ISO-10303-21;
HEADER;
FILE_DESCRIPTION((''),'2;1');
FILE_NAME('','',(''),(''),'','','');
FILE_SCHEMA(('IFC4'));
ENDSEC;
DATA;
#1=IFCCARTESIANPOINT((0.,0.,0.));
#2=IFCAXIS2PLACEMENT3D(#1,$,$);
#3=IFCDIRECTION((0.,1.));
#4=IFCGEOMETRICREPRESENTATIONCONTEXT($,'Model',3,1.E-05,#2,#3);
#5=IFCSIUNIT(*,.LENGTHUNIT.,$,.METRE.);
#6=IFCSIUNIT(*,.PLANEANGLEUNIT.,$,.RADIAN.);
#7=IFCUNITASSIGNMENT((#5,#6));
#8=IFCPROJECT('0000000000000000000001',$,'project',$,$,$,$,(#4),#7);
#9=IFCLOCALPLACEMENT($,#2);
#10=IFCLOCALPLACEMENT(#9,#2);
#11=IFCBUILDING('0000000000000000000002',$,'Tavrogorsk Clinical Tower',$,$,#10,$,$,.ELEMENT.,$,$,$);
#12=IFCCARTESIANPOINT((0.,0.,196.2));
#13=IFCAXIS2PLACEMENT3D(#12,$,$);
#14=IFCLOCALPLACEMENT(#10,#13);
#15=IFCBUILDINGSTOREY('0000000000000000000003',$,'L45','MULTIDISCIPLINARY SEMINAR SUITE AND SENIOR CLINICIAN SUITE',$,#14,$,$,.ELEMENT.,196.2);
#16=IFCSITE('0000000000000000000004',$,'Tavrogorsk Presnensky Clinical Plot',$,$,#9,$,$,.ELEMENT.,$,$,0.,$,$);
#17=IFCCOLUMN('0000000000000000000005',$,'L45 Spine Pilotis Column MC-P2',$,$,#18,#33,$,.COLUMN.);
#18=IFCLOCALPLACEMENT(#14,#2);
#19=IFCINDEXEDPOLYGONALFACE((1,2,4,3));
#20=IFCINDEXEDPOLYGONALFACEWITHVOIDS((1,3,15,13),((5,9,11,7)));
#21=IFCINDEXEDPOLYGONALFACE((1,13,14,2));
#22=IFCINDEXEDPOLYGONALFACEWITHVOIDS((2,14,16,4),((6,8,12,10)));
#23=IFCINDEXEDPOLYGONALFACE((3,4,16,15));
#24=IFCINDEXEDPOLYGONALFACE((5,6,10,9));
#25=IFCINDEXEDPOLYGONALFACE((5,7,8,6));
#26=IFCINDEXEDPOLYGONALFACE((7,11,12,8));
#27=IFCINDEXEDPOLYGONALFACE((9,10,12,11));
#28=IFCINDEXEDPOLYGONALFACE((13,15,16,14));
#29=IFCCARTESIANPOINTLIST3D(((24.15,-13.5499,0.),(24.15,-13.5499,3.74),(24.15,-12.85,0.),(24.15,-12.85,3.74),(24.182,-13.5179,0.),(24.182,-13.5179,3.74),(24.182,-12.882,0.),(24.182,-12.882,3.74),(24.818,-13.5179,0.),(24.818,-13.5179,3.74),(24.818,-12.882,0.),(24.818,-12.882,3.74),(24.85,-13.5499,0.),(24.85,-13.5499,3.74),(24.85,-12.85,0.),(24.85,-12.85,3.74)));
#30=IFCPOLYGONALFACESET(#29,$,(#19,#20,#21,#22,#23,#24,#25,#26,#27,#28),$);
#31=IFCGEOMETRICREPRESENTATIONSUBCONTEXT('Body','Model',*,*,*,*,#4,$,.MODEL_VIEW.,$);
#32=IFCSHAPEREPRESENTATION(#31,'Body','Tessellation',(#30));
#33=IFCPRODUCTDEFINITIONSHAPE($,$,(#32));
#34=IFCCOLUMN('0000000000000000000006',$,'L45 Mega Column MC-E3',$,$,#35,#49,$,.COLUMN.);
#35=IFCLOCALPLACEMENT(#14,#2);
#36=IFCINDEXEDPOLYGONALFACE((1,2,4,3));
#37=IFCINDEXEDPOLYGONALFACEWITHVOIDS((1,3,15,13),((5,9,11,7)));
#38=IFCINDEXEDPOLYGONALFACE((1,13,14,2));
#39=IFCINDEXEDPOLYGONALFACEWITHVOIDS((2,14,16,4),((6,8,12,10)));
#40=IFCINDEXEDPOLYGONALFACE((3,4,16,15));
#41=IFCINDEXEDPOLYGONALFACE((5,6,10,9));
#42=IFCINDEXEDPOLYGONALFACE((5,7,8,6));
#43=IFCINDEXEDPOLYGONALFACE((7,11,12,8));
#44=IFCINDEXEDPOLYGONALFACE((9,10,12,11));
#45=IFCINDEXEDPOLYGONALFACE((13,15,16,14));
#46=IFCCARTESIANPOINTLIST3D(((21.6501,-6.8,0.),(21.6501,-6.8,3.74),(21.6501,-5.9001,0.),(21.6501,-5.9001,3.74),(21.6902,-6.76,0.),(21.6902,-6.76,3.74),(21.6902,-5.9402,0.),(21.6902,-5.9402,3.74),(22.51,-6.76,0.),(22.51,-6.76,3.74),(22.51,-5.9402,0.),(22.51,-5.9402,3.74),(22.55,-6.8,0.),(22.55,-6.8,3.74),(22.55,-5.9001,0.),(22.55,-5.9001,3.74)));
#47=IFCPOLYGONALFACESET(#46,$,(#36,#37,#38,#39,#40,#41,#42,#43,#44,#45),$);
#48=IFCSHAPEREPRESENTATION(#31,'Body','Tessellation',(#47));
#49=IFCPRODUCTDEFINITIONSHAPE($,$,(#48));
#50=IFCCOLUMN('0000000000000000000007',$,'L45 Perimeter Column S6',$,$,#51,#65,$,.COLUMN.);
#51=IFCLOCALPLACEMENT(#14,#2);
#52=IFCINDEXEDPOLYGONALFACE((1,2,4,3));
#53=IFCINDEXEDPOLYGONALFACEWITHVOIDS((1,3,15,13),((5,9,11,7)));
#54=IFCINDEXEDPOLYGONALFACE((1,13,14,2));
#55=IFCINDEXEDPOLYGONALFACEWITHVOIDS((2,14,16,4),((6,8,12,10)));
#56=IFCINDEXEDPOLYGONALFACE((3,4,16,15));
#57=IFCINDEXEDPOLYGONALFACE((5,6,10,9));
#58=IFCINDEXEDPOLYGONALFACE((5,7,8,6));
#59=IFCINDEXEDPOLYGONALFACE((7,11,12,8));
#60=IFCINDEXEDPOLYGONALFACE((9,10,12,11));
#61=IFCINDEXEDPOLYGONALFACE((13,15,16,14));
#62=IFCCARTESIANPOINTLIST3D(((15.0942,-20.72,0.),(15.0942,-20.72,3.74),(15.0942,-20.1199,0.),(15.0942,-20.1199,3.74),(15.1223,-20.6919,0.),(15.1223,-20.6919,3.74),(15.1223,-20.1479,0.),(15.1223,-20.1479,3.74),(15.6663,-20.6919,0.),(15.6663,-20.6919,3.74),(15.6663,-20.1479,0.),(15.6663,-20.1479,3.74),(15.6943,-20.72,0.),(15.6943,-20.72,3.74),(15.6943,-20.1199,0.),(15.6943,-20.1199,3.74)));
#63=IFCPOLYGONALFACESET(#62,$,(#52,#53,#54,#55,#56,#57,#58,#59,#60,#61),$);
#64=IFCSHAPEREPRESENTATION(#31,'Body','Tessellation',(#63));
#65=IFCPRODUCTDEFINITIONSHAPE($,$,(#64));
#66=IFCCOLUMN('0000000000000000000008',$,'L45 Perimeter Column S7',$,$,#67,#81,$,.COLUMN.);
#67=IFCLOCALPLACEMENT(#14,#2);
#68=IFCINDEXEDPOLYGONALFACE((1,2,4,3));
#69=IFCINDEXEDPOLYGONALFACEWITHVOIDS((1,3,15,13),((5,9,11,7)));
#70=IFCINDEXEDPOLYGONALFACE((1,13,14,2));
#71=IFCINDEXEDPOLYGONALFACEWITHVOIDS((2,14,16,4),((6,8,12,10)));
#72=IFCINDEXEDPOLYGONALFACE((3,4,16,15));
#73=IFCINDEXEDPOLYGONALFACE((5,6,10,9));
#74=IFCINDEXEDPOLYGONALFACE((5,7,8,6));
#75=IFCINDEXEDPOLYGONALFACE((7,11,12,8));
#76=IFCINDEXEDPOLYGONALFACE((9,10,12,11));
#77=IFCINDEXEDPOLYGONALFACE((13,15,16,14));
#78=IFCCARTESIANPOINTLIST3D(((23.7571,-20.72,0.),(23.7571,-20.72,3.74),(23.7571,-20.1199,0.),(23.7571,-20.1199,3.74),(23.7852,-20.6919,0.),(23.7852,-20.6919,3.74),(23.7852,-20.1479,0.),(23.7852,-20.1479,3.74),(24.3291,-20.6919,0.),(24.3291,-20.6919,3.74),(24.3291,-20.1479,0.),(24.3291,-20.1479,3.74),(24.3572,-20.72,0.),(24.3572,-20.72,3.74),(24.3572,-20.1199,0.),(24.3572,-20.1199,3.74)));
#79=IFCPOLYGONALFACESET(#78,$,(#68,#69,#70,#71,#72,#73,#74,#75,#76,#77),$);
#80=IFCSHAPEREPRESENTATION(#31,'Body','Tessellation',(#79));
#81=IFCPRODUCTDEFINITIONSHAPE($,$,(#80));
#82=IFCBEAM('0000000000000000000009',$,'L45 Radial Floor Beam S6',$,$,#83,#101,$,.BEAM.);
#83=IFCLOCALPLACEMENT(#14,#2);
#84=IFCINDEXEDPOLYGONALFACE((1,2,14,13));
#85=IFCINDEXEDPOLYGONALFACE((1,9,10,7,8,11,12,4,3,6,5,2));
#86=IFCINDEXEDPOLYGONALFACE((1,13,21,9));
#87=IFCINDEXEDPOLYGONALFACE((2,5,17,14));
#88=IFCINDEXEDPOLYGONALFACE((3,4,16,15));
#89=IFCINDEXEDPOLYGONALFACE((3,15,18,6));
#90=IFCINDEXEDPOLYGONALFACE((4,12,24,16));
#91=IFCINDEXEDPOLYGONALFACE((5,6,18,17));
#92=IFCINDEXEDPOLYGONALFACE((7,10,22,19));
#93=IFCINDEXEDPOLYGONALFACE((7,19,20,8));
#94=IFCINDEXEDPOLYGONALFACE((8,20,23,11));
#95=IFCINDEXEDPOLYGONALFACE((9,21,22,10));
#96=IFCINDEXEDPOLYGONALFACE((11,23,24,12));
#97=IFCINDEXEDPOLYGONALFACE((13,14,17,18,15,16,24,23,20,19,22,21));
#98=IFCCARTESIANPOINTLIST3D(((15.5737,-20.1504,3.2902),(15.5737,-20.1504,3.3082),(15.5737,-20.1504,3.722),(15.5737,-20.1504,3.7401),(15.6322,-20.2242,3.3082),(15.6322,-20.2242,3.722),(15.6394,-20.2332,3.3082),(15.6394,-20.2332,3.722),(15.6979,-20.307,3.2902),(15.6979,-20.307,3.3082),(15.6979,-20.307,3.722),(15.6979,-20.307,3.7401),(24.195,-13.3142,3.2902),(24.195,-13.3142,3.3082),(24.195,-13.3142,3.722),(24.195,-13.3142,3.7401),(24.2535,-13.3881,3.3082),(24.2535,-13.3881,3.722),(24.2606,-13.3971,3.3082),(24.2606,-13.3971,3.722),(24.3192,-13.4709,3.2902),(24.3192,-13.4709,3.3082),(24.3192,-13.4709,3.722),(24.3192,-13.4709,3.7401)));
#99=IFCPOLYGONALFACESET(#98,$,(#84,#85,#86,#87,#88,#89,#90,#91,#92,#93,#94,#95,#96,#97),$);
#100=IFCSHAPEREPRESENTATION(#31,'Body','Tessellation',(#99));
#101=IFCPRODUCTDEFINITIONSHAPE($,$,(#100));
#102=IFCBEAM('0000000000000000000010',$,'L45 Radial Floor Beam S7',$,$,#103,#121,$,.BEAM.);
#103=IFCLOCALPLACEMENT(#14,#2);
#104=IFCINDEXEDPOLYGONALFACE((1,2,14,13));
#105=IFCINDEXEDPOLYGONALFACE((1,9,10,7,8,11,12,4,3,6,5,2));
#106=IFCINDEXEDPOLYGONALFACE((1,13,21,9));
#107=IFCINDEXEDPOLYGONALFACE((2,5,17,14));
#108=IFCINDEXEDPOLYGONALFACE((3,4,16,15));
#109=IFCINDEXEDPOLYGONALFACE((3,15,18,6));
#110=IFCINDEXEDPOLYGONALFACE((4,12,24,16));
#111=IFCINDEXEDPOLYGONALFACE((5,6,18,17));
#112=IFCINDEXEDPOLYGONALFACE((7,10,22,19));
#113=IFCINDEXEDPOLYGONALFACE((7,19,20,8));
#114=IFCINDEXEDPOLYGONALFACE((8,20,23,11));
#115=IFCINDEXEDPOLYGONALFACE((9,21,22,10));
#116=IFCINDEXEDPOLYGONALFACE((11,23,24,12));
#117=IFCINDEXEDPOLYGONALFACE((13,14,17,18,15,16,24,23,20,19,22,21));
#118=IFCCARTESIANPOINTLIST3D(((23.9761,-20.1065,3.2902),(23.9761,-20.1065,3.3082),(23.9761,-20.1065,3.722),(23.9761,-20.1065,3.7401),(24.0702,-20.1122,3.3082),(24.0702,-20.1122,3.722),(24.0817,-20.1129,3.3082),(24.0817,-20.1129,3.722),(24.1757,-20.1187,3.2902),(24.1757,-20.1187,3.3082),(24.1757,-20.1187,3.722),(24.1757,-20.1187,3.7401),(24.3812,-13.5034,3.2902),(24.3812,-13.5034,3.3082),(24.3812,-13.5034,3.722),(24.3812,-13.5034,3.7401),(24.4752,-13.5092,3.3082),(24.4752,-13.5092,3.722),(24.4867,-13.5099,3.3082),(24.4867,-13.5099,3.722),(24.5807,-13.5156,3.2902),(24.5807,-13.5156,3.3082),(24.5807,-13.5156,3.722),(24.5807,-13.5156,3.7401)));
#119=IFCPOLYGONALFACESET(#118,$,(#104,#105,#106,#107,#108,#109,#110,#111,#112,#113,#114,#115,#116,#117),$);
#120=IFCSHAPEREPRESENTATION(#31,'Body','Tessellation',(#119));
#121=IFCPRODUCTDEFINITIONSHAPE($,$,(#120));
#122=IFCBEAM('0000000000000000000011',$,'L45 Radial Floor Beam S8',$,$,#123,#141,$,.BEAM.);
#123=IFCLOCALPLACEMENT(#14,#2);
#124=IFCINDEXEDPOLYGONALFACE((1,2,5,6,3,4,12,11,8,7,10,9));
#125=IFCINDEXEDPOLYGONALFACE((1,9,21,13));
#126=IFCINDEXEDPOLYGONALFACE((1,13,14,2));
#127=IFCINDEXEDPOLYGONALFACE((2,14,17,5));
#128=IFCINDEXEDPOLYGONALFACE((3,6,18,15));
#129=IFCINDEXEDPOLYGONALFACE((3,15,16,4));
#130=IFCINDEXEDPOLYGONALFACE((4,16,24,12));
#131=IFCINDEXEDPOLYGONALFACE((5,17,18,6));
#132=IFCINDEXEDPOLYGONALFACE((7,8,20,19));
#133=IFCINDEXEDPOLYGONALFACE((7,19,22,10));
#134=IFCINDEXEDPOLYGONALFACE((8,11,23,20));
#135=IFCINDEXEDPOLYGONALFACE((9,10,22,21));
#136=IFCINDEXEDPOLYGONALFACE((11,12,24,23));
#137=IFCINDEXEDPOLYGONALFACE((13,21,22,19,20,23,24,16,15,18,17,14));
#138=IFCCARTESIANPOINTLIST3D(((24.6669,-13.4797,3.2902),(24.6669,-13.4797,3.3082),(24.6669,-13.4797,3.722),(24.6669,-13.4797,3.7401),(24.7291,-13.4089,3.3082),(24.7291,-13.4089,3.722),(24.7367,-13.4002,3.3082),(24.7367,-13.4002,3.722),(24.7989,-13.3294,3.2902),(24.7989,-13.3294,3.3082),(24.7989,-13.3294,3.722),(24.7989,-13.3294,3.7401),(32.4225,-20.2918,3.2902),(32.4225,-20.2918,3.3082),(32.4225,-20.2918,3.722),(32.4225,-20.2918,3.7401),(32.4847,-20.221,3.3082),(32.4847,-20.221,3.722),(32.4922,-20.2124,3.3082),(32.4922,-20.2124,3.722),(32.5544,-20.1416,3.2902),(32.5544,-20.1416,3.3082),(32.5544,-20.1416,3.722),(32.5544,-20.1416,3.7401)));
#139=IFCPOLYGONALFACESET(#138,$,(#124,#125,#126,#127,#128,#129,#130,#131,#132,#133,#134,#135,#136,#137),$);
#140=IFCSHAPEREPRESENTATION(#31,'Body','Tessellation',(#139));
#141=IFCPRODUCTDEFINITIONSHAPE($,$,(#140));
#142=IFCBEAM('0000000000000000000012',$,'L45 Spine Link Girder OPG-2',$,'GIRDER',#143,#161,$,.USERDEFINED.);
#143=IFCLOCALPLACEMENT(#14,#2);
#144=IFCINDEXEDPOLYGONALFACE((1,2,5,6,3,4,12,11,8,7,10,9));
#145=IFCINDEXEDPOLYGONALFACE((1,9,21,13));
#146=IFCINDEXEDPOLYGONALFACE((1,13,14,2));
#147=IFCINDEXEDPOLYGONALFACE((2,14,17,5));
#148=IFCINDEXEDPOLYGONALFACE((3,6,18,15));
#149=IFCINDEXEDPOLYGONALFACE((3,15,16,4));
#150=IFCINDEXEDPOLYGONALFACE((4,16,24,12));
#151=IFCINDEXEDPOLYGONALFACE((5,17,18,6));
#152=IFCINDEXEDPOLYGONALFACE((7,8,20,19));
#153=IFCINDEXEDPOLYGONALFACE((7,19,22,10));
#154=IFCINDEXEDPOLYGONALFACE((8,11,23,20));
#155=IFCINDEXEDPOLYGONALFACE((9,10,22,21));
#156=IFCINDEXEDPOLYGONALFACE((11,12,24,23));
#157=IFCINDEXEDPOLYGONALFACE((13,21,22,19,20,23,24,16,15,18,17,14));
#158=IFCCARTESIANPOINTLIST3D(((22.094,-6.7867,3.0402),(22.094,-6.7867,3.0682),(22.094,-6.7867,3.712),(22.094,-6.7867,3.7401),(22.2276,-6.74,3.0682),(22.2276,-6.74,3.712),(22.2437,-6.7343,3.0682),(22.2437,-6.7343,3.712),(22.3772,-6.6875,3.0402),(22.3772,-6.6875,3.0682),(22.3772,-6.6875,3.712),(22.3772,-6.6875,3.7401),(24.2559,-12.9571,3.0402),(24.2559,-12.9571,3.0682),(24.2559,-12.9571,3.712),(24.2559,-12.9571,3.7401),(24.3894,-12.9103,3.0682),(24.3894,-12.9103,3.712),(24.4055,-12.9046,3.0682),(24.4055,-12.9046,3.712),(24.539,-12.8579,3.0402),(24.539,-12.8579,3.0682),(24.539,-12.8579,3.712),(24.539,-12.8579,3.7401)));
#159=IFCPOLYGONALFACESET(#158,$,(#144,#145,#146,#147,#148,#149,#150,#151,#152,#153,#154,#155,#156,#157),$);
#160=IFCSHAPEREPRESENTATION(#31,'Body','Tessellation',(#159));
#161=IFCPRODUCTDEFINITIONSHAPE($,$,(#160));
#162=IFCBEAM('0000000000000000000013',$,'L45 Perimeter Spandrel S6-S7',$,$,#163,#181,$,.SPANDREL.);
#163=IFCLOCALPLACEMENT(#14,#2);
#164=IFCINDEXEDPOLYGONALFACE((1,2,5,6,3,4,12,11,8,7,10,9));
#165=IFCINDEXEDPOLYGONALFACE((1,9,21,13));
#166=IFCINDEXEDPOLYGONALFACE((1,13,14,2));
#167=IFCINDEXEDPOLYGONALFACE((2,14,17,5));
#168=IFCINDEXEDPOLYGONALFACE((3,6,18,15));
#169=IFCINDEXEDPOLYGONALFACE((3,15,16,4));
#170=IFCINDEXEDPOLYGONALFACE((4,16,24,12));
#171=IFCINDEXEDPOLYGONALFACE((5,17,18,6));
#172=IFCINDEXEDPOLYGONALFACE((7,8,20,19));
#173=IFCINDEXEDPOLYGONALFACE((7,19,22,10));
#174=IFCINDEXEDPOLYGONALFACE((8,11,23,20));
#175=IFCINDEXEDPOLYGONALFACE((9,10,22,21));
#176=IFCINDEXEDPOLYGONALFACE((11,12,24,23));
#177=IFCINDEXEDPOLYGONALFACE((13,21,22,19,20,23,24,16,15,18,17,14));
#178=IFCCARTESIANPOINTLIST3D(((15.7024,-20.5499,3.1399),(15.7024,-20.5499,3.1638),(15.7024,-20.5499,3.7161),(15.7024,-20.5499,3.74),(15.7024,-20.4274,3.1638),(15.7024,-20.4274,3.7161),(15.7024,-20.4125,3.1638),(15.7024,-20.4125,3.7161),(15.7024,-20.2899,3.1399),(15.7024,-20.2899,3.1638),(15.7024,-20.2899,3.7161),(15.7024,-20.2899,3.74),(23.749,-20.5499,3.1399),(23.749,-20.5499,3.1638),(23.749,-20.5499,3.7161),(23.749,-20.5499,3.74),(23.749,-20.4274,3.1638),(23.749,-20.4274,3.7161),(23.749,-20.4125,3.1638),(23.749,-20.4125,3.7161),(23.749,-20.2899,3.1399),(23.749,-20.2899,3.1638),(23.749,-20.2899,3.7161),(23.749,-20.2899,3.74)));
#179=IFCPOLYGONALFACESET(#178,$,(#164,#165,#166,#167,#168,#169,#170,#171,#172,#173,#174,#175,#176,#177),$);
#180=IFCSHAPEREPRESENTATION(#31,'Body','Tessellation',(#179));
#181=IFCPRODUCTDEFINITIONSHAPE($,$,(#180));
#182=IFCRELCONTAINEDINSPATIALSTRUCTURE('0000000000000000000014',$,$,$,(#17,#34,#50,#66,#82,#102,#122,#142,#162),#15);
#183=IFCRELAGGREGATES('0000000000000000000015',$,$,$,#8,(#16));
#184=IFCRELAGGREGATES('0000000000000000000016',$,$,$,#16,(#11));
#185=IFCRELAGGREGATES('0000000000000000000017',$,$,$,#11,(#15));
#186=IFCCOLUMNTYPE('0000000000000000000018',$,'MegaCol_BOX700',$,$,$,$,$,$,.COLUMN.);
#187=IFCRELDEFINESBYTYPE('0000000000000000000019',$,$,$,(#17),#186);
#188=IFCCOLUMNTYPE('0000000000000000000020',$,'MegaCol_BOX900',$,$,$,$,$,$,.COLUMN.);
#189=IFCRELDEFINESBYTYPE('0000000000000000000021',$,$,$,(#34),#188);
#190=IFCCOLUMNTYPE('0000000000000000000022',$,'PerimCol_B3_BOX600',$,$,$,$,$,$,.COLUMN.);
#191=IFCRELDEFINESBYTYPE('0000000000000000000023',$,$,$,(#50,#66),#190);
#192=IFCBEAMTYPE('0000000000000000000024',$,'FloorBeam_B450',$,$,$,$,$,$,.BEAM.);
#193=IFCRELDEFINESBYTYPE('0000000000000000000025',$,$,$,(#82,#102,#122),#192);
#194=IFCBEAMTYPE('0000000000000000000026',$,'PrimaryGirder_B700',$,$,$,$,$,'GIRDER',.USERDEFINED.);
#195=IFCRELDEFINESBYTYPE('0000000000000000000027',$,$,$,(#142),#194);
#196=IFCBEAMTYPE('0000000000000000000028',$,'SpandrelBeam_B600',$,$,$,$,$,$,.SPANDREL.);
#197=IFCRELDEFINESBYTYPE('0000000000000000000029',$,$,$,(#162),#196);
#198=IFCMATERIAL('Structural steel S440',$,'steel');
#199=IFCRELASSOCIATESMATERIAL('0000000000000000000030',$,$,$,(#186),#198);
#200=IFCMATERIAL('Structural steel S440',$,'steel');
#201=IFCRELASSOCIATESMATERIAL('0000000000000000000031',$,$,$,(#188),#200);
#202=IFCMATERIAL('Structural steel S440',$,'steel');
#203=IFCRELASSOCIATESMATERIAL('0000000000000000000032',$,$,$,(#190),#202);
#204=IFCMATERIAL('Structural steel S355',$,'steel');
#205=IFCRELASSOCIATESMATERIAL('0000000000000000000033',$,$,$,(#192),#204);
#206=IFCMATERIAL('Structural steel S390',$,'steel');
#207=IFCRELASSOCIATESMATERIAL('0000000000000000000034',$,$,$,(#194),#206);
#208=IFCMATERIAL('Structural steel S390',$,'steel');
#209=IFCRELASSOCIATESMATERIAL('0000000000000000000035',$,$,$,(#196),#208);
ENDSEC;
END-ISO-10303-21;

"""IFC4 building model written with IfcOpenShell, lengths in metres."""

from ifc_helpers import new_model, si_unit, direction, frame, origin, origin_2d, place, context, subcontext, project, spatial, hollow_rectangle, i_section, extrude, material, material_profile, profile_set, type_object, element, save


model = new_model("IFC4")

# Units and contexts
model_context = context("Model", 3, precision=1e-05, world=origin(), true_north=direction((0.0, 1.0)))
body_context = subcontext(model_context, "Body", "Model", "MODEL_VIEW")
ifc_project = project(units=[si_unit("LENGTHUNIT", "METRE"), si_unit("PLANEANGLEUNIT", "RADIAN")], contexts=[model_context])

# Site, building, storey
site_placement = place(None, origin())
site = spatial("IfcSite", under=ifc_project, at=site_placement, Name="Tavrogorsk Presnensky Clinical Plot", CompositionType="ELEMENT", RefElevation=0.0)
building_placement = place(site_placement, origin())
building = spatial("IfcBuilding", under=site, at=building_placement, Name="Tavrogorsk Clinical Tower", CompositionType="ELEMENT")
storey_placement = place(building_placement, frame((0.0, 0.0, 196.2)))
storey = spatial("IfcBuildingStorey", under=building, at=storey_placement, Name="L45", Description="MULTIDISCIPLINARY SEMINAR SUITE AND SENIOR CLINICIAN SUITE", CompositionType="ELEMENT", Elevation=196.2)

# Columns
ifc_material_1 = material(Name="Structural steel S440", Category="steel")
ifc_material_profile_1 = material_profile(ifc_material_1, hollow_rectangle(XDim=0.7, YDim=0.7, WallThickness=0.032, at=origin_2d()), Name="BOX-700x700x32")
ifc_profile_set_1 = profile_set([ifc_material_profile_1], Name="Structural steel S440")
column_type_1 = type_object("IfcColumnType", Name="MegaCol_BOX700", PredefinedType="COLUMN", material=ifc_profile_set_1)
column_1_placement = place(storey_placement, frame((24.5, -13.2, 0.0), z_axis=(0.0, 0.0, 1.0), x_axis=(1.0, 0.0, 0.0)))
element("IfcColumn", 1, at=column_1_placement, inside=storey, type_object=column_type_1, Name="L45 Spine Pilotis Column MC-P2", PredefinedType="COLUMN", context=body_context, shape_type="SweptSolid", body=[
    extrude(hollow_rectangle(XDim=0.7, YDim=0.7, WallThickness=0.032, at=origin_2d()), origin(), (0.0, 0.0, 1.0), 3.74),
])
ifc_material_2 = material(Name="Structural steel S440", Category="steel")
ifc_material_profile_2 = material_profile(ifc_material_2, hollow_rectangle(XDim=0.8999, YDim=0.8999, WallThickness=0.04, at=origin_2d()), Name="BOX-900x900x40")
ifc_profile_set_2 = profile_set([ifc_material_profile_2], Name="Structural steel S440")
column_type_2 = type_object("IfcColumnType", Name="MegaCol_BOX900", PredefinedType="COLUMN", material=ifc_profile_set_2)
column_2_placement = place(storey_placement, frame((22.1001, -6.3501, 0.0), z_axis=(0.0, 0.0, 1.0), x_axis=(1.0, 0.0, 0.0)))
element("IfcColumn", 2, at=column_2_placement, inside=storey, type_object=column_type_2, Name="L45 Mega Column MC-E3", PredefinedType="COLUMN", context=body_context, shape_type="SweptSolid", body=[
    extrude(hollow_rectangle(XDim=0.8999, YDim=0.8999, WallThickness=0.04, at=origin_2d()), origin(), (0.0, 0.0, 1.0), 3.74),
])
ifc_material_3 = material(Name="Structural steel S440", Category="steel")
ifc_material_profile_3 = material_profile(ifc_material_3, hollow_rectangle(XDim=0.6001, YDim=0.6001, WallThickness=0.0281, at=origin_2d()), Name="BOX-600x600x28")
ifc_profile_set_3 = profile_set([ifc_material_profile_3], Name="Structural steel S440")
column_type_3 = type_object("IfcColumnType", Name="PerimCol_B3_BOX600", PredefinedType="COLUMN", material=ifc_profile_set_3)
for number, where, z_axis, x_axis, name in (
    (3, (15.3943, -20.4199, 0.0), (0.0, 0.0, 1.0), (1.0, 0.0, 0.0), "L45 Perimeter Column S6"),
    (4, (24.0571, -20.4199, 0.0), (0.0, 0.0, 1.0), (1.0, 0.0, 0.0), "L45 Perimeter Column S7"),
):
    element("IfcColumn", number, at=place(storey_placement, frame(where, z_axis=z_axis, x_axis=x_axis)), inside=storey, type_object=column_type_3, Name=name, PredefinedType="COLUMN", context=body_context, shape_type="SweptSolid", body=[
        extrude(hollow_rectangle(XDim=0.6001, YDim=0.6001, WallThickness=0.0281, at=origin_2d()), origin(), (0.0, 0.0, 1.0), 3.74),
    ])

# Beams
ifc_material_4 = material(Name="Structural steel S355", Category="steel")
ifc_material_profile_4 = material_profile(ifc_material_4, i_section(OverallWidth=0.2, OverallDepth=0.45, WebThickness=0.0115, FlangeThickness=0.0181, at=origin_2d()), Name="B-450x200x11.5x18")
ifc_profile_set_4 = profile_set([ifc_material_profile_4], Name="Structural steel S355")
beam_type_1 = type_object("IfcBeamType", Name="FloorBeam_B450", PredefinedType="BEAM", material=ifc_profile_set_4)
beam_1_placement = place(storey_placement, frame((24.2571, -13.3926, 3.5151), z_axis=(-0.783561, -0.621315, 0.0), x_axis=(0.621315, -0.783561, 0.0)))
element("IfcBeam", 5, at=beam_1_placement, inside=storey, type_object=beam_type_1, Name="L45 Radial Floor Beam S6", PredefinedType="BEAM", context=body_context, shape_type="SweptSolid", body=[
    extrude(i_section(OverallWidth=0.2, OverallDepth=0.45, WebThickness=0.0115, FlangeThickness=0.0181, at=origin_2d()), origin(), (0.0, 0.0, 1.0), 11.0027),
])
beam_2_placement = place(storey_placement, frame((24.481, -13.5095, 3.5151), z_axis=(-0.061225, -0.998124, 0.0), x_axis=(0.998124, -0.061225, 0.0)))
element("IfcBeam", 6, at=beam_2_placement, inside=storey, type_object=beam_type_1, Name="L45 Radial Floor Beam S7", PredefinedType="BEAM", context=body_context, shape_type="SweptSolid", body=[
    extrude(i_section(OverallWidth=0.2, OverallDepth=0.45, WebThickness=0.0115, FlangeThickness=0.0181, at=origin_2d()), origin(), (0.0, 0.0, 1.0), 6.6155),
])
beam_3_placement = place(storey_placement, frame((24.7329, -13.4045, 3.5151), z_axis=(0.751323, -0.659935, 0.0), x_axis=(0.659935, 0.751323, 0.0)))
element("IfcBeam", 7, at=beam_3_placement, inside=storey, type_object=beam_type_1, Name="L45 Radial Floor Beam S8", PredefinedType="BEAM", context=body_context, shape_type="SweptSolid", body=[
    extrude(i_section(OverallWidth=0.2, OverallDepth=0.45, WebThickness=0.0115, FlangeThickness=0.0181, at=origin_2d()), origin(), (0.0, 0.0, 1.0), 10.3225),
])
ifc_material_5 = material(Name="Structural steel S390", Category="steel")
ifc_material_profile_5 = material_profile(ifc_material_5, i_section(OverallWidth=0.3, OverallDepth=0.7, WebThickness=0.0171, FlangeThickness=0.0281, at=origin_2d()), Name="B-700x300x17x28")
ifc_profile_set_5 = profile_set([ifc_material_profile_5], Name="Structural steel S390")
beam_type_2 = type_object("IfcBeamType", Name="PrimaryGirder_B700", ElementType="GIRDER", PredefinedType="USERDEFINED", material=ifc_profile_set_5)
beam_4_placement = place(storey_placement, frame((24.3975, -12.9075, 3.3901), z_axis=(-0.330653, 0.943752, 0.0), x_axis=(-0.943752, -0.330653, 0.0)))
element("IfcBeam", 8, at=beam_4_placement, inside=storey, type_object=beam_type_2, Name="L45 Spine Link Girder OPG-2", ObjectType="GIRDER", PredefinedType="USERDEFINED", context=body_context, shape_type="SweptSolid", body=[
    extrude(i_section(OverallWidth=0.3, OverallDepth=0.7, WebThickness=0.0171, FlangeThickness=0.0281, at=origin_2d()), origin(), (0.0, 0.0, 1.0), 6.5381),
])
ifc_material_6 = material(Name="Structural steel S390", Category="steel")
ifc_material_profile_6 = material_profile(ifc_material_6, i_section(OverallWidth=0.26, OverallDepth=0.6001, WebThickness=0.0149, FlangeThickness=0.0239, at=origin_2d()), Name="B-600x260x15x24")
ifc_profile_set_6 = profile_set([ifc_material_profile_6], Name="Structural steel S390")
beam_type_3 = type_object("IfcBeamType", Name="SpandrelBeam_B600", PredefinedType="SPANDREL", material=ifc_profile_set_6)
beam_5_placement = place(storey_placement, frame((15.7024, -20.4199, 3.4399), z_axis=(1.0, 0.0, 0.0), x_axis=(0.0, 1.0, 0.0)))
element("IfcBeam", 9, at=beam_5_placement, inside=storey, type_object=beam_type_3, Name="L45 Perimeter Spandrel S6-S7", PredefinedType="SPANDREL", context=body_context, shape_type="SweptSolid", body=[
    extrude(i_section(OverallWidth=0.26, OverallDepth=0.6001, WebThickness=0.0149, FlangeThickness=0.0239, at=origin_2d()), origin(), (0.0, 0.0, 1.0), 8.0466),
])

save(model, "model.ifc")
